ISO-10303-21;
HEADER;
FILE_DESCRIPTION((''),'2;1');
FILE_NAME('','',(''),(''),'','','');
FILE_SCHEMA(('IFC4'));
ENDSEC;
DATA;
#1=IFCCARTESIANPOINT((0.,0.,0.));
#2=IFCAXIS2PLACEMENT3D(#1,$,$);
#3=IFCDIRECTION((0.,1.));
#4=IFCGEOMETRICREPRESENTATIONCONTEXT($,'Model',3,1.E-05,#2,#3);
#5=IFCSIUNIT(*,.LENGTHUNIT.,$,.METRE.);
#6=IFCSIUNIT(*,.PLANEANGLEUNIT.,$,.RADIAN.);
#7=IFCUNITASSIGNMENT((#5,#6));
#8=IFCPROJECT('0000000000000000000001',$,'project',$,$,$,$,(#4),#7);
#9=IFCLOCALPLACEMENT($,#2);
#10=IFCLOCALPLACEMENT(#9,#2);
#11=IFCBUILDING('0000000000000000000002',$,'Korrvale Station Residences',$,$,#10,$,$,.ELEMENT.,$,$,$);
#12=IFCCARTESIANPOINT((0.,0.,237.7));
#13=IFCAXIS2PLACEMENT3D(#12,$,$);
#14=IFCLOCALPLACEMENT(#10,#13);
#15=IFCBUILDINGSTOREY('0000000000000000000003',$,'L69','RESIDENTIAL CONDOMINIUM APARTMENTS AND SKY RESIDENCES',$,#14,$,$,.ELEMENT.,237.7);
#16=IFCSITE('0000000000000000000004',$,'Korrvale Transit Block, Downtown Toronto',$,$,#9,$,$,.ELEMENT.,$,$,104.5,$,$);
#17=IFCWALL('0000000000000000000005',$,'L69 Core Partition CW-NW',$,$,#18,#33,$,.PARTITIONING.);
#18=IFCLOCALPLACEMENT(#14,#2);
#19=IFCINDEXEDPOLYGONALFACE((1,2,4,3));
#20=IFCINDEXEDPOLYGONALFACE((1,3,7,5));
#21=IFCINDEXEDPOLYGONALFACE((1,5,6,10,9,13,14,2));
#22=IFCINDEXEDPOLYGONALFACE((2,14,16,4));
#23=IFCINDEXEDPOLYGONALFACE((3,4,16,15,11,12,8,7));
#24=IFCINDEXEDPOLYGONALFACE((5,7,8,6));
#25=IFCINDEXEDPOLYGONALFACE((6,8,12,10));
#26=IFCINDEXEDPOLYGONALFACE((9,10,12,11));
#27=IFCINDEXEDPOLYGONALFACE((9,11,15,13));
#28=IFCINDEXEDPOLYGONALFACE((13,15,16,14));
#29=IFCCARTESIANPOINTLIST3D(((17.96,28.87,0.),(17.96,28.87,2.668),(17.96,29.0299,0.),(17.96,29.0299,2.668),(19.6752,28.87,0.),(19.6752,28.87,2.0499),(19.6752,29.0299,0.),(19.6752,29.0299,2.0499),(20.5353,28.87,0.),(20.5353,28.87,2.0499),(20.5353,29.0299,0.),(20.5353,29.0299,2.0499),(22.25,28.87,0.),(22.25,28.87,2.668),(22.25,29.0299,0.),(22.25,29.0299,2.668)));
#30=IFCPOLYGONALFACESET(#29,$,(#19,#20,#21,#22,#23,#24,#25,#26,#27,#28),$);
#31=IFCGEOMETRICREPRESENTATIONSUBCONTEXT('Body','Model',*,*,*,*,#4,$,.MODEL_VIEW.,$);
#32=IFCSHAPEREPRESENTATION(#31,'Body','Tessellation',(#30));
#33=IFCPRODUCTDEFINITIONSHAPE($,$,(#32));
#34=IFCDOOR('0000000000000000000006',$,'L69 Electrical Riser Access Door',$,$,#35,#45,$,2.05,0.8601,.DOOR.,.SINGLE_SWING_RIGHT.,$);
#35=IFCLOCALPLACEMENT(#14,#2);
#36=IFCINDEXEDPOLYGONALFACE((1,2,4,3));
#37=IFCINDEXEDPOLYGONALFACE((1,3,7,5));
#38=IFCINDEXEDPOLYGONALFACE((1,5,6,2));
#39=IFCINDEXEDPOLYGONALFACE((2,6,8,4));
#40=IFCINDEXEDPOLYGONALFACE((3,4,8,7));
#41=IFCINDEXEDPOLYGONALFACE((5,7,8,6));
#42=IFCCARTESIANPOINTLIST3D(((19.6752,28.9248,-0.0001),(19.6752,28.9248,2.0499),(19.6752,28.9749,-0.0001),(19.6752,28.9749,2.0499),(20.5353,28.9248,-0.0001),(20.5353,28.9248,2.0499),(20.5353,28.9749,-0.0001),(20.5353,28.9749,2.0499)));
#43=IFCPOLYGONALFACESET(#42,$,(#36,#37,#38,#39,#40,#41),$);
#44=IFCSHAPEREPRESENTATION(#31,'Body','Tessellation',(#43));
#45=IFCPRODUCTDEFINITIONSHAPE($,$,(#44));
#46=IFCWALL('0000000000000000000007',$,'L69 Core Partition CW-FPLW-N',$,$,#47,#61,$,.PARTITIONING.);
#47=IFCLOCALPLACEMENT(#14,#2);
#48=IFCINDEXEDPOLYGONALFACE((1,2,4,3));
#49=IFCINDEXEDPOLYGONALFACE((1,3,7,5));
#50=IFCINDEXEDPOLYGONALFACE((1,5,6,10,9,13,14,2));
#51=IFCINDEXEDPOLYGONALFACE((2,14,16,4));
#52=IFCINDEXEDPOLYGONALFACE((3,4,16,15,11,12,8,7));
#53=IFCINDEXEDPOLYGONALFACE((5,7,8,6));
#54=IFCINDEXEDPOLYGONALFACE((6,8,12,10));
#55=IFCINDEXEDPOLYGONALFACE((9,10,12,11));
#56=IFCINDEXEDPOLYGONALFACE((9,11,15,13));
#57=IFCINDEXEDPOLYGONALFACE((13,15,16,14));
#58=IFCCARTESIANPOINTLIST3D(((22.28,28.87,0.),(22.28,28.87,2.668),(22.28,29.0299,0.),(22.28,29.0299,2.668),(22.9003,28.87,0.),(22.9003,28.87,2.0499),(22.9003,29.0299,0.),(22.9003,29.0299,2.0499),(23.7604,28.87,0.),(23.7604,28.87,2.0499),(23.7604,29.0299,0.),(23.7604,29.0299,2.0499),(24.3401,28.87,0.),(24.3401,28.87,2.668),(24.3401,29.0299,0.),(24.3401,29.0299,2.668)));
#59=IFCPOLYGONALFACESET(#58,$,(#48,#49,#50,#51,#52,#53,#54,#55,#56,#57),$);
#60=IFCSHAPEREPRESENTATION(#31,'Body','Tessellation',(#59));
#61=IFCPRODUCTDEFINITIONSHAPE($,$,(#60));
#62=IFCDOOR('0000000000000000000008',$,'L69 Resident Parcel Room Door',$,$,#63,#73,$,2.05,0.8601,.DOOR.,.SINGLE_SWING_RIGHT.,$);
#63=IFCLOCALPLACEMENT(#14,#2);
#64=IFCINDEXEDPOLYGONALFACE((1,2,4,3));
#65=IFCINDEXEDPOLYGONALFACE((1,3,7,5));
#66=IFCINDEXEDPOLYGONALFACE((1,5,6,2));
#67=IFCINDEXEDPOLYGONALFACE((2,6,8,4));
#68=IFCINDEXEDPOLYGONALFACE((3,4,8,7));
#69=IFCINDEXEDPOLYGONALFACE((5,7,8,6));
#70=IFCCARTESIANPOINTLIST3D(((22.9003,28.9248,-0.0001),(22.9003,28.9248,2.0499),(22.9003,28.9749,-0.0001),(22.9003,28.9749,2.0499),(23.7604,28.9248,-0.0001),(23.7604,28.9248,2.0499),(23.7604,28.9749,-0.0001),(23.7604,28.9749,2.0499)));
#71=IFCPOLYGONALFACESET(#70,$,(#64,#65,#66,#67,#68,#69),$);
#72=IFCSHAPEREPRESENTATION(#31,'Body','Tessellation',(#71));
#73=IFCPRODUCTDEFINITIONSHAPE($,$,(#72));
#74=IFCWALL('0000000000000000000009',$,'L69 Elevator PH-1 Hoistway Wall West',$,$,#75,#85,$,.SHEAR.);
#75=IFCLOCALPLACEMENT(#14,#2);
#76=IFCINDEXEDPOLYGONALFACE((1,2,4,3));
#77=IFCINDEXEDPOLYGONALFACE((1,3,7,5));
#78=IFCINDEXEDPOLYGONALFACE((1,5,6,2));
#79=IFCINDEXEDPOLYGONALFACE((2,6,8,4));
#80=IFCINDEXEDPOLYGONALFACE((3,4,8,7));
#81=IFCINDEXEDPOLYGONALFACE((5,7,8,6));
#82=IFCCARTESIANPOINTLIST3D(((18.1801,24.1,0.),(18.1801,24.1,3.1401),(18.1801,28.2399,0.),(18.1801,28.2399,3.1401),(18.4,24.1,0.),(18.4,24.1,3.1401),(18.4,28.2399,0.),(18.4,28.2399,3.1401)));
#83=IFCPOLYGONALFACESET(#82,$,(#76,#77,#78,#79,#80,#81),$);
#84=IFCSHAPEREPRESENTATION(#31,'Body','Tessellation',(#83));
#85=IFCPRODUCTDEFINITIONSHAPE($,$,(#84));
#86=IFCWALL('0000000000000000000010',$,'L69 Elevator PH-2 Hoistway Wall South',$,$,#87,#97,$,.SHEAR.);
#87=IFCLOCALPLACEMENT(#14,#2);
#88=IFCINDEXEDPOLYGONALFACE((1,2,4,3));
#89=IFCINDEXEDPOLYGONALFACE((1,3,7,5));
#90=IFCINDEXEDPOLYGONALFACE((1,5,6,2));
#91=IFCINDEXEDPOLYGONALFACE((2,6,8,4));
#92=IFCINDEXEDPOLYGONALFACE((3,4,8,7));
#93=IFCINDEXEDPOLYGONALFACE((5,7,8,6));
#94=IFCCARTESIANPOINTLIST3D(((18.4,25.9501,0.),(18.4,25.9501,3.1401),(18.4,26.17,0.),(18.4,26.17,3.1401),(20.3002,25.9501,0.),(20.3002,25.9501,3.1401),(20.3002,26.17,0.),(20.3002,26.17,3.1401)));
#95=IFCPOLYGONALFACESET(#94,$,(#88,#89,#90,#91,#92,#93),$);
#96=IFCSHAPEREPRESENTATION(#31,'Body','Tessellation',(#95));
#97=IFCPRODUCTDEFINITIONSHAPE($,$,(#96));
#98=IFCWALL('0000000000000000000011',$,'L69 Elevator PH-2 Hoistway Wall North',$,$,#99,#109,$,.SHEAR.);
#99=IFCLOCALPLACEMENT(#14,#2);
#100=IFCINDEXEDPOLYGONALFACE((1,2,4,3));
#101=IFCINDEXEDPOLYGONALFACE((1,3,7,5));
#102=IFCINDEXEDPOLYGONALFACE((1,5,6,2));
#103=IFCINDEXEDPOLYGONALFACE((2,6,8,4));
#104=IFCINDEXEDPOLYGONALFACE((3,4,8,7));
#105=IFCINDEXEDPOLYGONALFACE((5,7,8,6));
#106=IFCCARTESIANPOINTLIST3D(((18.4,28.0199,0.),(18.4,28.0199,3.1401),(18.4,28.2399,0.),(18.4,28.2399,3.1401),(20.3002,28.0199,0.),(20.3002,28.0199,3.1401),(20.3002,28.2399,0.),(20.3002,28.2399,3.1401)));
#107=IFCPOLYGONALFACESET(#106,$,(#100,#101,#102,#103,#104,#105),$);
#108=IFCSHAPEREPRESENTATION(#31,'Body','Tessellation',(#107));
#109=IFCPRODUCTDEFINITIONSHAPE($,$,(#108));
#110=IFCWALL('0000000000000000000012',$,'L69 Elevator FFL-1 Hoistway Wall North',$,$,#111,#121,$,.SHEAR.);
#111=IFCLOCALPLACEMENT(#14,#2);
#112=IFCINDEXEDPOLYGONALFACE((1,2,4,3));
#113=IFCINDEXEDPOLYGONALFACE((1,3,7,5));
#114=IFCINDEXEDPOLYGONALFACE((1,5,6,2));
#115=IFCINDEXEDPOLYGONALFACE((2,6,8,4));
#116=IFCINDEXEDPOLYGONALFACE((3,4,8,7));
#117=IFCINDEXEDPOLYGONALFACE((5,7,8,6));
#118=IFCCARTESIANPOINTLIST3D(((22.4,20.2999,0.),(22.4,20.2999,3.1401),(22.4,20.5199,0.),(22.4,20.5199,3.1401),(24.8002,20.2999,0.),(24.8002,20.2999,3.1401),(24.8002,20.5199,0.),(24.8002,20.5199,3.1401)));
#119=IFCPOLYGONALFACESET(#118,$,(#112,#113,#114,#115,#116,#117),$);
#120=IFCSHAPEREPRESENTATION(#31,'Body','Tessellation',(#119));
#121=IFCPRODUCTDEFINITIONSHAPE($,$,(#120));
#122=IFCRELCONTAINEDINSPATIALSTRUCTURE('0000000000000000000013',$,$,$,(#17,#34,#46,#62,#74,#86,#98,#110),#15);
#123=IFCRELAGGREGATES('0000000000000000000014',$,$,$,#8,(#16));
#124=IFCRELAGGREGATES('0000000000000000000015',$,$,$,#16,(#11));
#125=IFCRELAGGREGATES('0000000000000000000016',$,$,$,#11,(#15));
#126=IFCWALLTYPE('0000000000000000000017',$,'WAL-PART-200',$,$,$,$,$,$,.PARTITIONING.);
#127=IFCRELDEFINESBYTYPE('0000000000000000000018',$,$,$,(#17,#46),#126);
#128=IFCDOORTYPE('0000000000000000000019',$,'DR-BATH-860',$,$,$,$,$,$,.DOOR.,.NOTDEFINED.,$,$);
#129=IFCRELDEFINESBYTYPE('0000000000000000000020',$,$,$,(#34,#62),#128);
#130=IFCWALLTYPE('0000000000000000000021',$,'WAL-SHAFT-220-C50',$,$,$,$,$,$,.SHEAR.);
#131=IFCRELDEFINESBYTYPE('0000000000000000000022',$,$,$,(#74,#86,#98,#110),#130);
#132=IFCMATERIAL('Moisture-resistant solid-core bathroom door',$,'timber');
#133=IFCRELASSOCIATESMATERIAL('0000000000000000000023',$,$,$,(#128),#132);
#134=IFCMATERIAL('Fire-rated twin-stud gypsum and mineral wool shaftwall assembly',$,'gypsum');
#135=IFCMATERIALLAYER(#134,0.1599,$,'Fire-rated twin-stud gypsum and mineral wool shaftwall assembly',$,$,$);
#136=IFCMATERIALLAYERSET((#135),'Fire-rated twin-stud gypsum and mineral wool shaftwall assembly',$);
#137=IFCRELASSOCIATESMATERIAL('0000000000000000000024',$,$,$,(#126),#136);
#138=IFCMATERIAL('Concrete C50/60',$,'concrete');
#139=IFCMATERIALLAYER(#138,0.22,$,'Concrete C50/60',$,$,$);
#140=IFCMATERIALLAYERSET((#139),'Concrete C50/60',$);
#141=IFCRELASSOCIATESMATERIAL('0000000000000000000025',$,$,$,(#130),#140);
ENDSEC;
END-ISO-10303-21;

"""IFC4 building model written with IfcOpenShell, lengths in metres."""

from ifc_helpers import new_model, si_unit, direction, frame, frame_2d, origin, place, context, subcontext, project, spatial, rectangle, extrude, material, layer, layer_set, type_object, element, fill, save


model = new_model("IFC4")

# Units and contexts
model_context = context("Model", 3, precision=1e-05, world=origin(), true_north=direction((0.0, 1.0)))
body_context = subcontext(model_context, "Body", "Model", "MODEL_VIEW")
ifc_project = project(units=[si_unit("LENGTHUNIT", "METRE"), si_unit("PLANEANGLEUNIT", "RADIAN")], contexts=[model_context])

# Site, building, storey
site_placement = place(None, origin())
site = spatial("IfcSite", under=ifc_project, at=site_placement, Name="Korrvale Transit Block, Downtown Toronto", CompositionType="ELEMENT", RefElevation=104.5)
building_placement = place(site_placement, origin())
building = spatial("IfcBuilding", under=site, at=building_placement, Name="Korrvale Station Residences", CompositionType="ELEMENT")
storey_placement = place(building_placement, frame((0.0, 0.0, 237.7)))
storey = spatial("IfcBuildingStorey", under=building, at=storey_placement, Name="L69", Description="RESIDENTIAL CONDOMINIUM APARTMENTS AND SKY RESIDENCES", CompositionType="ELEMENT", Elevation=237.7)

# Shared definitions
ifc_material_1 = material(Name="Concrete C50/60", Category="concrete")

# Shared definitions
ifc_material_2 = material(Name="Moisture-resistant solid-core bathroom door", Category="timber")
door_type_1 = type_object("IfcDoorType", Name="DR-BATH-860", OperationType="NOTDEFINED", PredefinedType="DOOR", material=ifc_material_2)

# Shared definitions
ifc_material_3 = material(Name="Fire-rated twin-stud gypsum and mineral wool shaftwall assembly", Category="gypsum")
ifc_layer_1 = layer(ifc_material_3, 0.1599, Name="Fire-rated twin-stud gypsum and mineral wool shaftwall assembly")
ifc_layer_set_1 = layer_set([ifc_layer_1], Name="Fire-rated twin-stud gypsum and mineral wool shaftwall assembly")
wall_type_1 = type_object("IfcWallType", Name="WAL-PART-200", PredefinedType="PARTITIONING", material=ifc_layer_set_1)

# Walls, openings, doors
wall_1_placement = place(storey_placement, frame((17.96, 28.95, 0.0), z_axis=(0.0, 0.0, 1.0), x_axis=(1.0, 0.0, 0.0)))
wall_1 = element("IfcWall", 1, at=wall_1_placement, inside=storey, type_object=wall_type_1, Name="L69 Core Partition CW-NW", PredefinedType="PARTITIONING", context=body_context, shape_type="SweptSolid", body=[
    extrude(rectangle(XDim=4.29, YDim=0.1599, at=frame_2d((2.145, 0.0))), origin(), (0.0, 0.0, 1.0), 2.668),
])
opening_1_placement = place(wall_1_placement, frame((1.7151, 0.0, 0.0)))
opening_1 = element("IfcOpeningElement", 2, at=opening_1_placement, cuts=wall_1, PredefinedType="OPENING", context=body_context, shape_type="SweptSolid", body=[
    extrude(rectangle(XDim=0.8601, YDim=2.05, at=frame_2d((0.4302, 1.0249))), frame((0.0, 0.0898, 0.0), z_axis=(0.0, -1.0, 0.0), x_axis=(1.0, 0.0, 0.0)), (0.0, 0.0, 1.0), 0.1799),
])
door_1_placement = place(opening_1_placement, origin())
door_1 = element("IfcDoor", 3, at=door_1_placement, inside=storey, type_object=door_type_1, Name="L69 Electrical Riser Access Door", OperationType="SINGLE_SWING_RIGHT", OverallHeight=2.05, OverallWidth=0.8601, PredefinedType="DOOR", context=body_context, shape_type="SweptSolid", body=[
    extrude(rectangle(XDim=0.8601, YDim=2.05, at=frame_2d((0.4302, 1.0249))), frame((0.0, 0.0249, 0.0), z_axis=(0.0, -1.0, 0.0), x_axis=(1.0, 0.0, 0.0)), (0.0, 0.0, 1.0), 0.05),
])
fill(opening_1, door_1)
wall_2_placement = place(storey_placement, frame((22.28, 28.95, 0.0), z_axis=(0.0, 0.0, 1.0), x_axis=(1.0, 0.0, 0.0)))
wall_2 = element("IfcWall", 4, at=wall_2_placement, inside=storey, type_object=wall_type_1, Name="L69 Core Partition CW-FPLW-N", PredefinedType="PARTITIONING", context=body_context, shape_type="SweptSolid", body=[
    extrude(rectangle(XDim=2.0601, YDim=0.1599, at=frame_2d((1.03, 0.0))), origin(), (0.0, 0.0, 1.0), 2.668),
])
opening_2_placement = place(wall_2_placement, frame((0.6201, 0.0, 0.0)))
opening_2 = element("IfcOpeningElement", 5, at=opening_2_placement, cuts=wall_2, PredefinedType="OPENING", context=body_context, shape_type="SweptSolid", body=[
    extrude(rectangle(XDim=0.8601, YDim=2.05, at=frame_2d((0.4302, 1.0249))), frame((0.0, 0.0898, 0.0), z_axis=(0.0, -1.0, 0.0), x_axis=(1.0, 0.0, 0.0)), (0.0, 0.0, 1.0), 0.1799),
])
door_2_placement = place(opening_2_placement, origin())
door_2 = element("IfcDoor", 6, at=door_2_placement, inside=storey, type_object=door_type_1, Name="L69 Resident Parcel Room Door", OperationType="SINGLE_SWING_RIGHT", OverallHeight=2.05, OverallWidth=0.8601, PredefinedType="DOOR", context=body_context, shape_type="SweptSolid", body=[
    extrude(rectangle(XDim=0.8601, YDim=2.05, at=frame_2d((0.4302, 1.0249))), frame((0.0, 0.0249, 0.0), z_axis=(0.0, -1.0, 0.0), x_axis=(1.0, 0.0, 0.0)), (0.0, 0.0, 1.0), 0.05),
])
fill(opening_2, door_2)

# Wall
ifc_layer_2 = layer(ifc_material_1, 0.22, Name="Concrete C50/60")
ifc_layer_set_2 = layer_set([ifc_layer_2], Name="Concrete C50/60")
wall_type_2 = type_object("IfcWallType", Name="WAL-SHAFT-220-C50", PredefinedType="SHEAR", material=ifc_layer_set_2)
wall_3_placement = place(storey_placement, frame((18.29, 24.1001, 0.0), z_axis=(0.0, 0.0, 1.0), x_axis=(0.0, 1.0, 0.0)))
element("IfcWall", 7, at=wall_3_placement, inside=storey, type_object=wall_type_2, Name="L69 Elevator PH-1 Hoistway Wall West", PredefinedType="SHEAR", context=body_context, shape_type="SweptSolid", body=[
    extrude(rectangle(XDim=4.1399, YDim=0.22, at=frame_2d((2.0698, 0.0))), origin(), (0.0, 0.0, 1.0), 3.1401),
])

# Walls
for number, where, z_axis, x_axis, name in (
    (8, (18.3999, 26.0601, 0.0), (0.0, 0.0, 1.0), (1.0, 0.0, 0.0), "L69 Elevator PH-2 Hoistway Wall South"),
    (9, (18.3999, 28.1299, 0.0), (0.0, 0.0, 1.0), (1.0, 0.0, 0.0), "L69 Elevator PH-2 Hoistway Wall North"),
):
    element("IfcWall", number, at=place(storey_placement, frame(where, z_axis=z_axis, x_axis=x_axis)), inside=storey, type_object=wall_type_2, Name=name, PredefinedType="SHEAR", context=body_context, shape_type="SweptSolid", body=[
        extrude(rectangle(XDim=1.9001, YDim=0.22, at=frame_2d((0.9502, 0.0))), origin(), (0.0, 0.0, 1.0), 3.1401),
    ])

# Wall
wall_4_placement = place(storey_placement, frame((22.3999, 20.4099, 0.0), z_axis=(0.0, 0.0, 1.0), x_axis=(1.0, 0.0, 0.0)))
element("IfcWall", 10, at=wall_4_placement, inside=storey, type_object=wall_type_2, Name="L69 Elevator FFL-1 Hoistway Wall North", PredefinedType="SHEAR", context=body_context, shape_type="SweptSolid", body=[
    extrude(rectangle(XDim=2.4001, YDim=0.22, at=frame_2d((1.2002, 0.0))), origin(), (0.0, 0.0, 1.0), 3.1401),
])

save(model, "model.ifc")
